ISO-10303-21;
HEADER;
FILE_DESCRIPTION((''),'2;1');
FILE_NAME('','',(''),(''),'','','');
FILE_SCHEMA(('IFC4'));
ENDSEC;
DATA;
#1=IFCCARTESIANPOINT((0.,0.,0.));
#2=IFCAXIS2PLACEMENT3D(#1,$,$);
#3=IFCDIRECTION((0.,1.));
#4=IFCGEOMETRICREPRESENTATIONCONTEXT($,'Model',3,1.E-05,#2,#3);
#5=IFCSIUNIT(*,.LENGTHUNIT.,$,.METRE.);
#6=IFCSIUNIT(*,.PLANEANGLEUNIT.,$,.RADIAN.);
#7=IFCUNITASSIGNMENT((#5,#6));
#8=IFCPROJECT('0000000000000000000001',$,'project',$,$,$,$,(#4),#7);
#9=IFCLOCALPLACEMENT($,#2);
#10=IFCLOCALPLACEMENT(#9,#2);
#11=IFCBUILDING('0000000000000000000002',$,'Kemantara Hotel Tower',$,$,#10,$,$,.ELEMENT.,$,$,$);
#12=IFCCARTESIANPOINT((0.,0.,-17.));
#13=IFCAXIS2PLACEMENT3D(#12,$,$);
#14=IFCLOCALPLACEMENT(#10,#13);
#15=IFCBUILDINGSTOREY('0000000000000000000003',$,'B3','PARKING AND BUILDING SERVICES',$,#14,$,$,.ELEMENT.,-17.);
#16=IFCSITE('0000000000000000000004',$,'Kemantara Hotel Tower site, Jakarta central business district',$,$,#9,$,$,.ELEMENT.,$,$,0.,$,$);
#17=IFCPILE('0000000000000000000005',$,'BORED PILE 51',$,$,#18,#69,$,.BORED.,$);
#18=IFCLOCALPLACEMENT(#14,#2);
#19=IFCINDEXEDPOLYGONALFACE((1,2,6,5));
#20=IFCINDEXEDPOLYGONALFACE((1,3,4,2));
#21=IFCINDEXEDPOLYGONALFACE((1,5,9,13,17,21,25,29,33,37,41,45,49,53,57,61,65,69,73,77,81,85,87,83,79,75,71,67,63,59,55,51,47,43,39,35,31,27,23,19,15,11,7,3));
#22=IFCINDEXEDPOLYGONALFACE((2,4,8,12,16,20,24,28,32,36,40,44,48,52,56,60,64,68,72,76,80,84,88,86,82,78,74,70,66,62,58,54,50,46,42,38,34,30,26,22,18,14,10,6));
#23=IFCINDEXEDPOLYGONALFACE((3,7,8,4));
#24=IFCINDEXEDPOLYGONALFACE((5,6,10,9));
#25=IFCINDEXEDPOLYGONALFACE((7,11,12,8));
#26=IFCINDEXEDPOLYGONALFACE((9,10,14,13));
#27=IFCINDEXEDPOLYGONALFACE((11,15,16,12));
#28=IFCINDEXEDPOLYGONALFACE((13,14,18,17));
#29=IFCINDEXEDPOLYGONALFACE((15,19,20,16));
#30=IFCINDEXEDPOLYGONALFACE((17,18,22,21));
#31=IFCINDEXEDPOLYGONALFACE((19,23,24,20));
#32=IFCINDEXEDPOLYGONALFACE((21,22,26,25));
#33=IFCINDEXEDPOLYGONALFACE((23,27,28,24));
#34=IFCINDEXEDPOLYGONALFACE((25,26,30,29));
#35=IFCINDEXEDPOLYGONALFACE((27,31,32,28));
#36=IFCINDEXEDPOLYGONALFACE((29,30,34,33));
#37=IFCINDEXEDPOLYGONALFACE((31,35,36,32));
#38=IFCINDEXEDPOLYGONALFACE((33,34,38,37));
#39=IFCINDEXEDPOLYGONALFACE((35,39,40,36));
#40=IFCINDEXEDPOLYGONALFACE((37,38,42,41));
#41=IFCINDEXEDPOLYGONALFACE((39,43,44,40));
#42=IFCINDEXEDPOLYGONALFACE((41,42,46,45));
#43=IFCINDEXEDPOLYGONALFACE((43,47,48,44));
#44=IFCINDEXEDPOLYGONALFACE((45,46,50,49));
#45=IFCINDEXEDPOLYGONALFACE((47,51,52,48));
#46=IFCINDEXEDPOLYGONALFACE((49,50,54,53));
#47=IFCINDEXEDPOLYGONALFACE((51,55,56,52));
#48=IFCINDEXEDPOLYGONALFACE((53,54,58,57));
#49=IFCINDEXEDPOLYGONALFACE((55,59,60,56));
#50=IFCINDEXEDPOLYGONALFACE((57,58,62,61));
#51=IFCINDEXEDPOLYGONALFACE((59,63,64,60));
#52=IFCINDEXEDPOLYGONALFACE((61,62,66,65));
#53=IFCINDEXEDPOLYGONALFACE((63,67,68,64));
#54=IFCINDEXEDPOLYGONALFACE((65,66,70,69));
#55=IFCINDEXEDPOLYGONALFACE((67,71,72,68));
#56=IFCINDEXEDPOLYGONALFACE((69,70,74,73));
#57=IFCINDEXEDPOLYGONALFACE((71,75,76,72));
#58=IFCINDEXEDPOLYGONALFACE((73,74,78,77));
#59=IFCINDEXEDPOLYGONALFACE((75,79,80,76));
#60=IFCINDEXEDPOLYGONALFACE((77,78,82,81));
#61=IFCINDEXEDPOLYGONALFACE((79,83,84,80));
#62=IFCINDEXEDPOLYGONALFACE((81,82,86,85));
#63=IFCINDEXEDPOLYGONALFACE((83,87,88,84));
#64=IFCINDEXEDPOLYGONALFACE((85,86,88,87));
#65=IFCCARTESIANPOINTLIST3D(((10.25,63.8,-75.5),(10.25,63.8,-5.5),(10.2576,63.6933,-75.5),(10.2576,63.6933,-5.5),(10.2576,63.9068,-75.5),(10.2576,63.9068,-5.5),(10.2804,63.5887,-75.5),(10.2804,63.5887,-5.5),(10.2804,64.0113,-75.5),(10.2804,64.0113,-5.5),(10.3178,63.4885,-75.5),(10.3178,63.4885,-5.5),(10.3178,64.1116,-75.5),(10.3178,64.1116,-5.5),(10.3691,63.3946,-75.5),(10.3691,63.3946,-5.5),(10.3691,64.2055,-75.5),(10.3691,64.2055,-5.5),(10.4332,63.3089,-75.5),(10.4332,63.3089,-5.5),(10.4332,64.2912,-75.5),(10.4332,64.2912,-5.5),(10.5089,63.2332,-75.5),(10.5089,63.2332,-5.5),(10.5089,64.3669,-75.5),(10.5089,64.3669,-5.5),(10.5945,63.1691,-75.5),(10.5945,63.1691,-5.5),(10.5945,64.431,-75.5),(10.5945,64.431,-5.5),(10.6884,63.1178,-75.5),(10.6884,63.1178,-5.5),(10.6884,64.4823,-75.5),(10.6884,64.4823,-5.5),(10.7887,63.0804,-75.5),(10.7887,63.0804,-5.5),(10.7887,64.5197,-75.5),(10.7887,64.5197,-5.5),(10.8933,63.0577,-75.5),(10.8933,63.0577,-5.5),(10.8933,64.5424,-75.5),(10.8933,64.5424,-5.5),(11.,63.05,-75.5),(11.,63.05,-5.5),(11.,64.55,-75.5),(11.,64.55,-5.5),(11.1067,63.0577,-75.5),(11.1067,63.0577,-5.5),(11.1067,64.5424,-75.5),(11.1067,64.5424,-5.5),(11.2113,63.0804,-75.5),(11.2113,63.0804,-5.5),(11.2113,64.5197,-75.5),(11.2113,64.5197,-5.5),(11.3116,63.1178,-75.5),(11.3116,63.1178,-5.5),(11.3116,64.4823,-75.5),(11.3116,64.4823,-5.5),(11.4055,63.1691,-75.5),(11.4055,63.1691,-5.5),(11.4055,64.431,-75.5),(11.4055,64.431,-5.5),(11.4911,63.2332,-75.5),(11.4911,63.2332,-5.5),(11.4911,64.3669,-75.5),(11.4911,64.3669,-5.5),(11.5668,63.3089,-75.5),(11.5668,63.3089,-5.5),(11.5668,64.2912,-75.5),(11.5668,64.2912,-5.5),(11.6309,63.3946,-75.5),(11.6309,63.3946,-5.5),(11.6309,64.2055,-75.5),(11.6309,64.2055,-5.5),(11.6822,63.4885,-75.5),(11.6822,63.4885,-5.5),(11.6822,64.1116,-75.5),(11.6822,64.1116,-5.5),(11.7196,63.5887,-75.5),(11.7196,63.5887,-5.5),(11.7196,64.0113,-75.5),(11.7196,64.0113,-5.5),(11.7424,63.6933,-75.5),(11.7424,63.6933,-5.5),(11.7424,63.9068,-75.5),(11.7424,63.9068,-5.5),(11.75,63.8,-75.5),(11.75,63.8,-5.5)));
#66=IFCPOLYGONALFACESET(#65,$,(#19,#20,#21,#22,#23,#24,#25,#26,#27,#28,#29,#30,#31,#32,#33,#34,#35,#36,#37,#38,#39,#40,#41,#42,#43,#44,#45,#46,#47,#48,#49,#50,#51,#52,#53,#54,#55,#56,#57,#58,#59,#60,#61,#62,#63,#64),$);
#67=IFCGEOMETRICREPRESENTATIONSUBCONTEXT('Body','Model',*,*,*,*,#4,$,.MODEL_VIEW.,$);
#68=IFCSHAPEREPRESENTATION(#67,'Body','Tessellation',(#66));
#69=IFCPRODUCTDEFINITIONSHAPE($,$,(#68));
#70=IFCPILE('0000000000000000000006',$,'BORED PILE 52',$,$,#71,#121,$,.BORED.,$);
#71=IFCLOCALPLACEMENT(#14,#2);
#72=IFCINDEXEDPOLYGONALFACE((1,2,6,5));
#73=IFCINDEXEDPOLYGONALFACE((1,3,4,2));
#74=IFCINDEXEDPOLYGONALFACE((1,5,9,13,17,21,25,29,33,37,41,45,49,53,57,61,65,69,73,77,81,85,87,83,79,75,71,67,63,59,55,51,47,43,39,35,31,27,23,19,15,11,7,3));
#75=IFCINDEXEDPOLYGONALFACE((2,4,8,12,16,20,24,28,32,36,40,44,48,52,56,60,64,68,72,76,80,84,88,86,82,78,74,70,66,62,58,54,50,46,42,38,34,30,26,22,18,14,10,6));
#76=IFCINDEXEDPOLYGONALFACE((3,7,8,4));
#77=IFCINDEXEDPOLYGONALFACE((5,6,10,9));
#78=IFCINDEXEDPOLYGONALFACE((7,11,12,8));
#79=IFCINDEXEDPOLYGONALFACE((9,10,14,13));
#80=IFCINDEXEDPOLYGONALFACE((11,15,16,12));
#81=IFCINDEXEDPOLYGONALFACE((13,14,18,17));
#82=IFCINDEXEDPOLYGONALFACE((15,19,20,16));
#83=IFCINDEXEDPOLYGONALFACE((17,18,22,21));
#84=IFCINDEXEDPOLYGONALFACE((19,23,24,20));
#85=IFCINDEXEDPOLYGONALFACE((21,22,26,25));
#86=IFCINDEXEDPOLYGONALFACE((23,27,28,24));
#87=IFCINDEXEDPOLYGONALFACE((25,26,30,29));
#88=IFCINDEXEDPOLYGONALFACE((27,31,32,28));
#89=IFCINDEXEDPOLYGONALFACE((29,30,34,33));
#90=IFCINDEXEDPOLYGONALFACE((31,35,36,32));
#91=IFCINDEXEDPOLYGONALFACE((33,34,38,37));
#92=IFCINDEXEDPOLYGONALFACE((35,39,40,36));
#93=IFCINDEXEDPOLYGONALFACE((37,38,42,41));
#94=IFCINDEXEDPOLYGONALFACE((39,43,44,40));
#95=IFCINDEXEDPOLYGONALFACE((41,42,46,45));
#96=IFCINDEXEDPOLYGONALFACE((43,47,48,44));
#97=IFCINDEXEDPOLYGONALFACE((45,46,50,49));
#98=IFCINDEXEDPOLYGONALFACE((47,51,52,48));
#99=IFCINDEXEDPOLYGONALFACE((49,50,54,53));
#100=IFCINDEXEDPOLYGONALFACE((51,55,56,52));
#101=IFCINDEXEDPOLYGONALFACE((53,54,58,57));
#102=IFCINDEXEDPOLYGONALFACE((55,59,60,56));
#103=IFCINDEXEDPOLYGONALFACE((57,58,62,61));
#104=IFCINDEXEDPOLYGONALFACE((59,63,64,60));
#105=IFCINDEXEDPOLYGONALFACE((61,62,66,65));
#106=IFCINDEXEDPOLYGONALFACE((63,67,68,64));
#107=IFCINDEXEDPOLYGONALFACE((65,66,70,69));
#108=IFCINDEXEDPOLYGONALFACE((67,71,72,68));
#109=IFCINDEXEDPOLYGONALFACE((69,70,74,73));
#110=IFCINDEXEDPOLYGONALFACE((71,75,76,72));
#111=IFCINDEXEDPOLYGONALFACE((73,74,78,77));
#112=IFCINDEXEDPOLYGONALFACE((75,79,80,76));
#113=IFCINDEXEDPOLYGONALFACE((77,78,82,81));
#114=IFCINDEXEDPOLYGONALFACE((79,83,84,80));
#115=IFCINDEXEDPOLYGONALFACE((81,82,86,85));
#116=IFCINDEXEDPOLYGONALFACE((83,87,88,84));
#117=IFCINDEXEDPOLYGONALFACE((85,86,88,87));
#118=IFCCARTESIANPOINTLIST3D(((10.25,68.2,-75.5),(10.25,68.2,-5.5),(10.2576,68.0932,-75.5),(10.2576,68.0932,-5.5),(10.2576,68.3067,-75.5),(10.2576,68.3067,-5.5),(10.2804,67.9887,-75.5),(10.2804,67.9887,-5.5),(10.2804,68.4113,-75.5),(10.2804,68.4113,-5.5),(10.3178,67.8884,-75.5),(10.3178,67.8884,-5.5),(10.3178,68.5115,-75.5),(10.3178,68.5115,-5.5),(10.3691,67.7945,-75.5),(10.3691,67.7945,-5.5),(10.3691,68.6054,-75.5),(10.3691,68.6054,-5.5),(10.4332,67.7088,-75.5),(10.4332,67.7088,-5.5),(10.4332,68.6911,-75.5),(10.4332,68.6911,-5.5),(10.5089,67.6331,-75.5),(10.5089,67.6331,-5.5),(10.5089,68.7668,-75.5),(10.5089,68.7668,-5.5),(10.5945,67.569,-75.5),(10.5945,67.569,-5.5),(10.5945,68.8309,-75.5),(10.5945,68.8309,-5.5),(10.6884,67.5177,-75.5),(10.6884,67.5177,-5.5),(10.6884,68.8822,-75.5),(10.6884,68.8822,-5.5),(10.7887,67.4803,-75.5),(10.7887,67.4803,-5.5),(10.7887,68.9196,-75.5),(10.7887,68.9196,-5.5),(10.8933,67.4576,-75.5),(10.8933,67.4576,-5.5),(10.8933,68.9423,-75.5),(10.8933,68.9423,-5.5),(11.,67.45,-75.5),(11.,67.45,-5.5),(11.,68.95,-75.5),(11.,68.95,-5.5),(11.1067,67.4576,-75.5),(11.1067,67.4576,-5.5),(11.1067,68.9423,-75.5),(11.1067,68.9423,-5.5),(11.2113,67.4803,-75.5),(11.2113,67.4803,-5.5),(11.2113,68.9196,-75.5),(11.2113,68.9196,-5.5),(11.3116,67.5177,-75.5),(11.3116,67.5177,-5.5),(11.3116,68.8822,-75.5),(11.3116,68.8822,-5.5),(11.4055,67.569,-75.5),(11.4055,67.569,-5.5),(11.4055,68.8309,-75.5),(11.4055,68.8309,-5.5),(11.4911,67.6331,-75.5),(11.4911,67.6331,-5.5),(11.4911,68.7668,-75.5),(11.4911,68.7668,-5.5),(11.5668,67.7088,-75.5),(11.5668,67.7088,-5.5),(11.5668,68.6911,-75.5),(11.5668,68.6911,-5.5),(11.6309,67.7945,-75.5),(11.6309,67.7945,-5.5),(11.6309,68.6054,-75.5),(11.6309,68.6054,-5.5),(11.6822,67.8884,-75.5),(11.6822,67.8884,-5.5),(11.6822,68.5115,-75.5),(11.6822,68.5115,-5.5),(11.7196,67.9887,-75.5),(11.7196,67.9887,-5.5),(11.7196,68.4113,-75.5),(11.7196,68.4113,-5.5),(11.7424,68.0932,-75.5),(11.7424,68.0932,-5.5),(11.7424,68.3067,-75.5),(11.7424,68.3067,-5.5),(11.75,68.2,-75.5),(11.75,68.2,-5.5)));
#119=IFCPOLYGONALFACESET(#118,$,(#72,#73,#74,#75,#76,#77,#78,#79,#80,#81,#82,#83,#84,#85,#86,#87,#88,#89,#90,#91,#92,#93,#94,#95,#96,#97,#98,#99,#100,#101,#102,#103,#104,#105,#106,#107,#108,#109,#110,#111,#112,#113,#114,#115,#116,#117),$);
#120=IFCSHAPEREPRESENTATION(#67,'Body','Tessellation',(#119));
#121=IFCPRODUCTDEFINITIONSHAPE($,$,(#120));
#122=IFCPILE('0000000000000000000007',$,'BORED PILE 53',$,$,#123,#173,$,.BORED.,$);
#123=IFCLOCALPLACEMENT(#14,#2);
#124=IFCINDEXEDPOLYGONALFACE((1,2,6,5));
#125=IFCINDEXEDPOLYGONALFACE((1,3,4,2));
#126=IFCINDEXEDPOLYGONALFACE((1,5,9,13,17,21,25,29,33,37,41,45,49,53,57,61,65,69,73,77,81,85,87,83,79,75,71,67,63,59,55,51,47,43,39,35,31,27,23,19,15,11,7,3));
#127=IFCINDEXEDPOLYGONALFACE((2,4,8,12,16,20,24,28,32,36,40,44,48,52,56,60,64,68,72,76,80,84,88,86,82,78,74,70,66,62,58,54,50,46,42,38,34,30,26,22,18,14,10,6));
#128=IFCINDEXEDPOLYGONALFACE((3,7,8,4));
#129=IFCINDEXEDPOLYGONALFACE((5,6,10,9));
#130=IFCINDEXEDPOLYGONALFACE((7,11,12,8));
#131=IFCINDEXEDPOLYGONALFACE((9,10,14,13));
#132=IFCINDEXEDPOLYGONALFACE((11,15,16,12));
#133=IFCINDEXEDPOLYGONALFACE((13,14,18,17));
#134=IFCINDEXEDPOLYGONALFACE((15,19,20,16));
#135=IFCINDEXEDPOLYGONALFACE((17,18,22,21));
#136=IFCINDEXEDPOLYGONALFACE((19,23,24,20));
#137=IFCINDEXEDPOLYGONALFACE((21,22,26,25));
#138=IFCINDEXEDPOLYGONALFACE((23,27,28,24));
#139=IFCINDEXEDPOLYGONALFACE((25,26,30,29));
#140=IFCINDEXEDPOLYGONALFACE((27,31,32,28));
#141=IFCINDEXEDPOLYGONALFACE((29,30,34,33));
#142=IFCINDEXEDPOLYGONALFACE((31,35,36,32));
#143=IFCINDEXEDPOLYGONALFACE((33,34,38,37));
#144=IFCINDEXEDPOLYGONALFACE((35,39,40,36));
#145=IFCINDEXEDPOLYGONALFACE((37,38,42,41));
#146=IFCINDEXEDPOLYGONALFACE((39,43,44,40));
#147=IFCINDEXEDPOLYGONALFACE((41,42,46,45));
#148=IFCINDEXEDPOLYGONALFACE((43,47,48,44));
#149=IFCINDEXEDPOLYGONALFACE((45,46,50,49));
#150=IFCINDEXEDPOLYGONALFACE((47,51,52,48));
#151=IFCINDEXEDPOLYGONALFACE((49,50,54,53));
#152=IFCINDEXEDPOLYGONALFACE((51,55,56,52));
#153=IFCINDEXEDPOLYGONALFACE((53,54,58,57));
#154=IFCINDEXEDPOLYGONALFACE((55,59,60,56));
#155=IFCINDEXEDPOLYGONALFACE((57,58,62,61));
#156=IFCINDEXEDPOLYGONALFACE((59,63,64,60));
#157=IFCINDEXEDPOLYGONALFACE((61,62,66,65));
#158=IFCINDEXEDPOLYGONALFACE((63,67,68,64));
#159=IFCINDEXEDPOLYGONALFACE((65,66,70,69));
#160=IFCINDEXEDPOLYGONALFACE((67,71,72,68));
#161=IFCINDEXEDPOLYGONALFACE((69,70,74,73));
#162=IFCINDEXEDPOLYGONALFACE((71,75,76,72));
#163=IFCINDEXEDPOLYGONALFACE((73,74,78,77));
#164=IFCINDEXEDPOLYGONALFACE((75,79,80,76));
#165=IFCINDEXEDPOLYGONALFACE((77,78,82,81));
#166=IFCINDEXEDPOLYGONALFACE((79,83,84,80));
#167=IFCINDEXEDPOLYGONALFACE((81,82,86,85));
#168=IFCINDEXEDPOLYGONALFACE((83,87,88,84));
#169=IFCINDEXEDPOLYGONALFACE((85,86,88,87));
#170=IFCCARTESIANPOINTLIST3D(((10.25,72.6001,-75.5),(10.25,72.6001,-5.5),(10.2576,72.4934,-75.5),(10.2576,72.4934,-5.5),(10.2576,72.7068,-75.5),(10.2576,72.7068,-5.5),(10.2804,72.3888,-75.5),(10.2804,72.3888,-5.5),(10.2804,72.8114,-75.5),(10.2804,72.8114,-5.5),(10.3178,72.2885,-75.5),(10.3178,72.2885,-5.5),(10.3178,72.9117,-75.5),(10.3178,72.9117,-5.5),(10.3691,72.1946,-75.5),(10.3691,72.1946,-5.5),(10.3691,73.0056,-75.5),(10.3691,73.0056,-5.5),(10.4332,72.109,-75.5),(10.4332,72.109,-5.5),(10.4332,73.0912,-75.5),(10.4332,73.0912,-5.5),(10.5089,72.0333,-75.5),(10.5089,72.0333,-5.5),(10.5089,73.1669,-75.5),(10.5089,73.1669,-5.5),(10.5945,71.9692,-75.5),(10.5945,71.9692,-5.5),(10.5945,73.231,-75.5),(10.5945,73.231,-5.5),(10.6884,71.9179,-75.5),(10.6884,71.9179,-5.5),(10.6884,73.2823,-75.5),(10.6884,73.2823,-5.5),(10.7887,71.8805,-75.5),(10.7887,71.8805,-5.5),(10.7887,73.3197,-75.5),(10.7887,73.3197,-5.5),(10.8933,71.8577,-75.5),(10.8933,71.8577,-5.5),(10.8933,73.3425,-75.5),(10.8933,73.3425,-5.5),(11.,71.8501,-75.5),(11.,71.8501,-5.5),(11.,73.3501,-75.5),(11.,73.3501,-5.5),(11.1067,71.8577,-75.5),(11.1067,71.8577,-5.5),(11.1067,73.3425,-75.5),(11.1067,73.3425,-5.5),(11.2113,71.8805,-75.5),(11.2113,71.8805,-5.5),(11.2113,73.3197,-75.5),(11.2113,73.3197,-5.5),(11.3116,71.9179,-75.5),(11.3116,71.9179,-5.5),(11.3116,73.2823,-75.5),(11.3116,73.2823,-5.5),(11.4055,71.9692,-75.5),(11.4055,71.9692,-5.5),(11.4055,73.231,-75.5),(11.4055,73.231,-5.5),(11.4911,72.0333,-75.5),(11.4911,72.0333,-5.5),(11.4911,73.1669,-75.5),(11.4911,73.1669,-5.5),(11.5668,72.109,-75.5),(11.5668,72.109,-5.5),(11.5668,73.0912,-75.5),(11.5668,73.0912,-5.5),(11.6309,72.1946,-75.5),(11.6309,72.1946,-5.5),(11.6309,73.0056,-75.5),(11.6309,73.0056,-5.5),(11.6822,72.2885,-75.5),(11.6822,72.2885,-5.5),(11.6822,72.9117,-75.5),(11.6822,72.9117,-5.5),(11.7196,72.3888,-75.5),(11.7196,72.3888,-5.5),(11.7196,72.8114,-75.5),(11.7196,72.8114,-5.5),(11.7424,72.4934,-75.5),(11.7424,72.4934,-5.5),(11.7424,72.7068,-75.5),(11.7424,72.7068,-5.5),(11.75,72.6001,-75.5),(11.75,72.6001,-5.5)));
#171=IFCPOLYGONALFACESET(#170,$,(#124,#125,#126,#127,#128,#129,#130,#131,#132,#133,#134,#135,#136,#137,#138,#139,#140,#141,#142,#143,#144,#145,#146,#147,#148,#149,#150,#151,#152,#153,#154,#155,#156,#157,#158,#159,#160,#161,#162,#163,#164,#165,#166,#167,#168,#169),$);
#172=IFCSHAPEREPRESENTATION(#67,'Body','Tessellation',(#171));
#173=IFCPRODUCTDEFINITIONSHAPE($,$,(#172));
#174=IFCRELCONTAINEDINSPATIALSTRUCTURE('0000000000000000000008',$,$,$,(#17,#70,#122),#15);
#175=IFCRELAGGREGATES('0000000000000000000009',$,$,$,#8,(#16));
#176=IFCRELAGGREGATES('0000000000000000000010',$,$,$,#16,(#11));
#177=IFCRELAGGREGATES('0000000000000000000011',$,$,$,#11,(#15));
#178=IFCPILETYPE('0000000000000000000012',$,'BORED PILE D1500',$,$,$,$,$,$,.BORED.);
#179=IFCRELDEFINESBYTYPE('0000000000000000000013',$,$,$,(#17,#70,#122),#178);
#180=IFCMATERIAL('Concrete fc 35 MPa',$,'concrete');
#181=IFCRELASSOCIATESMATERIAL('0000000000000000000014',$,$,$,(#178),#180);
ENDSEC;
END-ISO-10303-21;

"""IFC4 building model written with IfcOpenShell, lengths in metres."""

from ifc_helpers import new_model, si_unit, direction, frame, origin, origin_2d, place, context, subcontext, project, spatial, circle, extrude, material, material_profile, profile_set, type_object, element, save


model = new_model("IFC4")

# Units and contexts
model_context = context("Model", 3, precision=1e-05, world=origin(), true_north=direction((0.0, 1.0)))
body_context = subcontext(model_context, "Body", "Model", "MODEL_VIEW")
ifc_project = project(units=[si_unit("LENGTHUNIT", "METRE"), si_unit("PLANEANGLEUNIT", "RADIAN")], contexts=[model_context])

# Site, building, storey
site_placement = place(None, origin())
site = spatial("IfcSite", under=ifc_project, at=site_placement, Name="Kemantara Hotel Tower site, Jakarta central business district", CompositionType="ELEMENT", RefElevation=0.0)
building_placement = place(site_placement, origin())
building = spatial("IfcBuilding", under=site, at=building_placement, Name="Kemantara Hotel Tower", CompositionType="ELEMENT")
storey_placement = place(building_placement, frame((0.0, 0.0, -17.0)))
storey = spatial("IfcBuildingStorey", under=building, at=storey_placement, Name="B3", Description="PARKING AND BUILDING SERVICES", CompositionType="ELEMENT", Elevation=-17.0)

# Piles
ifc_material_1 = material(Name="Concrete fc 35 MPa", Category="concrete")
ifc_material_profile_1 = material_profile(ifc_material_1, circle(Radius=0.75, at=origin_2d()), Name="BORED PILE D1500")
ifc_profile_set_1 = profile_set([ifc_material_profile_1], Name="Concrete fc 35 MPa")
pile_type = type_object("IfcPileType", Name="BORED PILE D1500", PredefinedType="BORED", material=ifc_profile_set_1)
for number, where, z_axis, x_axis, name in (
    (1, (11.0, 63.8, -5.5), (0.0, 0.0, -1.0), (1.0, 0.0, 0.0), "BORED PILE 51"),
    (2, (11.0, 68.2, -5.5), (0.0, 0.0, -1.0), (1.0, 0.0, 0.0), "BORED PILE 52"),
    (3, (11.0, 72.6001, -5.5), (0.0, 0.0, -1.0), (1.0, 0.0, 0.0), "BORED PILE 53"),
):
    element("IfcPile", number, at=place(storey_placement, frame(where, z_axis=z_axis, x_axis=x_axis)), inside=storey, type_object=pile_type, Name=name, PredefinedType="BORED", context=body_context, shape_type="SweptSolid", body=[
        extrude(circle(Radius=0.75, at=origin_2d()), origin(), (0.0, 0.0, 1.0), 70.0),
    ])

save(model, "model.ifc")
